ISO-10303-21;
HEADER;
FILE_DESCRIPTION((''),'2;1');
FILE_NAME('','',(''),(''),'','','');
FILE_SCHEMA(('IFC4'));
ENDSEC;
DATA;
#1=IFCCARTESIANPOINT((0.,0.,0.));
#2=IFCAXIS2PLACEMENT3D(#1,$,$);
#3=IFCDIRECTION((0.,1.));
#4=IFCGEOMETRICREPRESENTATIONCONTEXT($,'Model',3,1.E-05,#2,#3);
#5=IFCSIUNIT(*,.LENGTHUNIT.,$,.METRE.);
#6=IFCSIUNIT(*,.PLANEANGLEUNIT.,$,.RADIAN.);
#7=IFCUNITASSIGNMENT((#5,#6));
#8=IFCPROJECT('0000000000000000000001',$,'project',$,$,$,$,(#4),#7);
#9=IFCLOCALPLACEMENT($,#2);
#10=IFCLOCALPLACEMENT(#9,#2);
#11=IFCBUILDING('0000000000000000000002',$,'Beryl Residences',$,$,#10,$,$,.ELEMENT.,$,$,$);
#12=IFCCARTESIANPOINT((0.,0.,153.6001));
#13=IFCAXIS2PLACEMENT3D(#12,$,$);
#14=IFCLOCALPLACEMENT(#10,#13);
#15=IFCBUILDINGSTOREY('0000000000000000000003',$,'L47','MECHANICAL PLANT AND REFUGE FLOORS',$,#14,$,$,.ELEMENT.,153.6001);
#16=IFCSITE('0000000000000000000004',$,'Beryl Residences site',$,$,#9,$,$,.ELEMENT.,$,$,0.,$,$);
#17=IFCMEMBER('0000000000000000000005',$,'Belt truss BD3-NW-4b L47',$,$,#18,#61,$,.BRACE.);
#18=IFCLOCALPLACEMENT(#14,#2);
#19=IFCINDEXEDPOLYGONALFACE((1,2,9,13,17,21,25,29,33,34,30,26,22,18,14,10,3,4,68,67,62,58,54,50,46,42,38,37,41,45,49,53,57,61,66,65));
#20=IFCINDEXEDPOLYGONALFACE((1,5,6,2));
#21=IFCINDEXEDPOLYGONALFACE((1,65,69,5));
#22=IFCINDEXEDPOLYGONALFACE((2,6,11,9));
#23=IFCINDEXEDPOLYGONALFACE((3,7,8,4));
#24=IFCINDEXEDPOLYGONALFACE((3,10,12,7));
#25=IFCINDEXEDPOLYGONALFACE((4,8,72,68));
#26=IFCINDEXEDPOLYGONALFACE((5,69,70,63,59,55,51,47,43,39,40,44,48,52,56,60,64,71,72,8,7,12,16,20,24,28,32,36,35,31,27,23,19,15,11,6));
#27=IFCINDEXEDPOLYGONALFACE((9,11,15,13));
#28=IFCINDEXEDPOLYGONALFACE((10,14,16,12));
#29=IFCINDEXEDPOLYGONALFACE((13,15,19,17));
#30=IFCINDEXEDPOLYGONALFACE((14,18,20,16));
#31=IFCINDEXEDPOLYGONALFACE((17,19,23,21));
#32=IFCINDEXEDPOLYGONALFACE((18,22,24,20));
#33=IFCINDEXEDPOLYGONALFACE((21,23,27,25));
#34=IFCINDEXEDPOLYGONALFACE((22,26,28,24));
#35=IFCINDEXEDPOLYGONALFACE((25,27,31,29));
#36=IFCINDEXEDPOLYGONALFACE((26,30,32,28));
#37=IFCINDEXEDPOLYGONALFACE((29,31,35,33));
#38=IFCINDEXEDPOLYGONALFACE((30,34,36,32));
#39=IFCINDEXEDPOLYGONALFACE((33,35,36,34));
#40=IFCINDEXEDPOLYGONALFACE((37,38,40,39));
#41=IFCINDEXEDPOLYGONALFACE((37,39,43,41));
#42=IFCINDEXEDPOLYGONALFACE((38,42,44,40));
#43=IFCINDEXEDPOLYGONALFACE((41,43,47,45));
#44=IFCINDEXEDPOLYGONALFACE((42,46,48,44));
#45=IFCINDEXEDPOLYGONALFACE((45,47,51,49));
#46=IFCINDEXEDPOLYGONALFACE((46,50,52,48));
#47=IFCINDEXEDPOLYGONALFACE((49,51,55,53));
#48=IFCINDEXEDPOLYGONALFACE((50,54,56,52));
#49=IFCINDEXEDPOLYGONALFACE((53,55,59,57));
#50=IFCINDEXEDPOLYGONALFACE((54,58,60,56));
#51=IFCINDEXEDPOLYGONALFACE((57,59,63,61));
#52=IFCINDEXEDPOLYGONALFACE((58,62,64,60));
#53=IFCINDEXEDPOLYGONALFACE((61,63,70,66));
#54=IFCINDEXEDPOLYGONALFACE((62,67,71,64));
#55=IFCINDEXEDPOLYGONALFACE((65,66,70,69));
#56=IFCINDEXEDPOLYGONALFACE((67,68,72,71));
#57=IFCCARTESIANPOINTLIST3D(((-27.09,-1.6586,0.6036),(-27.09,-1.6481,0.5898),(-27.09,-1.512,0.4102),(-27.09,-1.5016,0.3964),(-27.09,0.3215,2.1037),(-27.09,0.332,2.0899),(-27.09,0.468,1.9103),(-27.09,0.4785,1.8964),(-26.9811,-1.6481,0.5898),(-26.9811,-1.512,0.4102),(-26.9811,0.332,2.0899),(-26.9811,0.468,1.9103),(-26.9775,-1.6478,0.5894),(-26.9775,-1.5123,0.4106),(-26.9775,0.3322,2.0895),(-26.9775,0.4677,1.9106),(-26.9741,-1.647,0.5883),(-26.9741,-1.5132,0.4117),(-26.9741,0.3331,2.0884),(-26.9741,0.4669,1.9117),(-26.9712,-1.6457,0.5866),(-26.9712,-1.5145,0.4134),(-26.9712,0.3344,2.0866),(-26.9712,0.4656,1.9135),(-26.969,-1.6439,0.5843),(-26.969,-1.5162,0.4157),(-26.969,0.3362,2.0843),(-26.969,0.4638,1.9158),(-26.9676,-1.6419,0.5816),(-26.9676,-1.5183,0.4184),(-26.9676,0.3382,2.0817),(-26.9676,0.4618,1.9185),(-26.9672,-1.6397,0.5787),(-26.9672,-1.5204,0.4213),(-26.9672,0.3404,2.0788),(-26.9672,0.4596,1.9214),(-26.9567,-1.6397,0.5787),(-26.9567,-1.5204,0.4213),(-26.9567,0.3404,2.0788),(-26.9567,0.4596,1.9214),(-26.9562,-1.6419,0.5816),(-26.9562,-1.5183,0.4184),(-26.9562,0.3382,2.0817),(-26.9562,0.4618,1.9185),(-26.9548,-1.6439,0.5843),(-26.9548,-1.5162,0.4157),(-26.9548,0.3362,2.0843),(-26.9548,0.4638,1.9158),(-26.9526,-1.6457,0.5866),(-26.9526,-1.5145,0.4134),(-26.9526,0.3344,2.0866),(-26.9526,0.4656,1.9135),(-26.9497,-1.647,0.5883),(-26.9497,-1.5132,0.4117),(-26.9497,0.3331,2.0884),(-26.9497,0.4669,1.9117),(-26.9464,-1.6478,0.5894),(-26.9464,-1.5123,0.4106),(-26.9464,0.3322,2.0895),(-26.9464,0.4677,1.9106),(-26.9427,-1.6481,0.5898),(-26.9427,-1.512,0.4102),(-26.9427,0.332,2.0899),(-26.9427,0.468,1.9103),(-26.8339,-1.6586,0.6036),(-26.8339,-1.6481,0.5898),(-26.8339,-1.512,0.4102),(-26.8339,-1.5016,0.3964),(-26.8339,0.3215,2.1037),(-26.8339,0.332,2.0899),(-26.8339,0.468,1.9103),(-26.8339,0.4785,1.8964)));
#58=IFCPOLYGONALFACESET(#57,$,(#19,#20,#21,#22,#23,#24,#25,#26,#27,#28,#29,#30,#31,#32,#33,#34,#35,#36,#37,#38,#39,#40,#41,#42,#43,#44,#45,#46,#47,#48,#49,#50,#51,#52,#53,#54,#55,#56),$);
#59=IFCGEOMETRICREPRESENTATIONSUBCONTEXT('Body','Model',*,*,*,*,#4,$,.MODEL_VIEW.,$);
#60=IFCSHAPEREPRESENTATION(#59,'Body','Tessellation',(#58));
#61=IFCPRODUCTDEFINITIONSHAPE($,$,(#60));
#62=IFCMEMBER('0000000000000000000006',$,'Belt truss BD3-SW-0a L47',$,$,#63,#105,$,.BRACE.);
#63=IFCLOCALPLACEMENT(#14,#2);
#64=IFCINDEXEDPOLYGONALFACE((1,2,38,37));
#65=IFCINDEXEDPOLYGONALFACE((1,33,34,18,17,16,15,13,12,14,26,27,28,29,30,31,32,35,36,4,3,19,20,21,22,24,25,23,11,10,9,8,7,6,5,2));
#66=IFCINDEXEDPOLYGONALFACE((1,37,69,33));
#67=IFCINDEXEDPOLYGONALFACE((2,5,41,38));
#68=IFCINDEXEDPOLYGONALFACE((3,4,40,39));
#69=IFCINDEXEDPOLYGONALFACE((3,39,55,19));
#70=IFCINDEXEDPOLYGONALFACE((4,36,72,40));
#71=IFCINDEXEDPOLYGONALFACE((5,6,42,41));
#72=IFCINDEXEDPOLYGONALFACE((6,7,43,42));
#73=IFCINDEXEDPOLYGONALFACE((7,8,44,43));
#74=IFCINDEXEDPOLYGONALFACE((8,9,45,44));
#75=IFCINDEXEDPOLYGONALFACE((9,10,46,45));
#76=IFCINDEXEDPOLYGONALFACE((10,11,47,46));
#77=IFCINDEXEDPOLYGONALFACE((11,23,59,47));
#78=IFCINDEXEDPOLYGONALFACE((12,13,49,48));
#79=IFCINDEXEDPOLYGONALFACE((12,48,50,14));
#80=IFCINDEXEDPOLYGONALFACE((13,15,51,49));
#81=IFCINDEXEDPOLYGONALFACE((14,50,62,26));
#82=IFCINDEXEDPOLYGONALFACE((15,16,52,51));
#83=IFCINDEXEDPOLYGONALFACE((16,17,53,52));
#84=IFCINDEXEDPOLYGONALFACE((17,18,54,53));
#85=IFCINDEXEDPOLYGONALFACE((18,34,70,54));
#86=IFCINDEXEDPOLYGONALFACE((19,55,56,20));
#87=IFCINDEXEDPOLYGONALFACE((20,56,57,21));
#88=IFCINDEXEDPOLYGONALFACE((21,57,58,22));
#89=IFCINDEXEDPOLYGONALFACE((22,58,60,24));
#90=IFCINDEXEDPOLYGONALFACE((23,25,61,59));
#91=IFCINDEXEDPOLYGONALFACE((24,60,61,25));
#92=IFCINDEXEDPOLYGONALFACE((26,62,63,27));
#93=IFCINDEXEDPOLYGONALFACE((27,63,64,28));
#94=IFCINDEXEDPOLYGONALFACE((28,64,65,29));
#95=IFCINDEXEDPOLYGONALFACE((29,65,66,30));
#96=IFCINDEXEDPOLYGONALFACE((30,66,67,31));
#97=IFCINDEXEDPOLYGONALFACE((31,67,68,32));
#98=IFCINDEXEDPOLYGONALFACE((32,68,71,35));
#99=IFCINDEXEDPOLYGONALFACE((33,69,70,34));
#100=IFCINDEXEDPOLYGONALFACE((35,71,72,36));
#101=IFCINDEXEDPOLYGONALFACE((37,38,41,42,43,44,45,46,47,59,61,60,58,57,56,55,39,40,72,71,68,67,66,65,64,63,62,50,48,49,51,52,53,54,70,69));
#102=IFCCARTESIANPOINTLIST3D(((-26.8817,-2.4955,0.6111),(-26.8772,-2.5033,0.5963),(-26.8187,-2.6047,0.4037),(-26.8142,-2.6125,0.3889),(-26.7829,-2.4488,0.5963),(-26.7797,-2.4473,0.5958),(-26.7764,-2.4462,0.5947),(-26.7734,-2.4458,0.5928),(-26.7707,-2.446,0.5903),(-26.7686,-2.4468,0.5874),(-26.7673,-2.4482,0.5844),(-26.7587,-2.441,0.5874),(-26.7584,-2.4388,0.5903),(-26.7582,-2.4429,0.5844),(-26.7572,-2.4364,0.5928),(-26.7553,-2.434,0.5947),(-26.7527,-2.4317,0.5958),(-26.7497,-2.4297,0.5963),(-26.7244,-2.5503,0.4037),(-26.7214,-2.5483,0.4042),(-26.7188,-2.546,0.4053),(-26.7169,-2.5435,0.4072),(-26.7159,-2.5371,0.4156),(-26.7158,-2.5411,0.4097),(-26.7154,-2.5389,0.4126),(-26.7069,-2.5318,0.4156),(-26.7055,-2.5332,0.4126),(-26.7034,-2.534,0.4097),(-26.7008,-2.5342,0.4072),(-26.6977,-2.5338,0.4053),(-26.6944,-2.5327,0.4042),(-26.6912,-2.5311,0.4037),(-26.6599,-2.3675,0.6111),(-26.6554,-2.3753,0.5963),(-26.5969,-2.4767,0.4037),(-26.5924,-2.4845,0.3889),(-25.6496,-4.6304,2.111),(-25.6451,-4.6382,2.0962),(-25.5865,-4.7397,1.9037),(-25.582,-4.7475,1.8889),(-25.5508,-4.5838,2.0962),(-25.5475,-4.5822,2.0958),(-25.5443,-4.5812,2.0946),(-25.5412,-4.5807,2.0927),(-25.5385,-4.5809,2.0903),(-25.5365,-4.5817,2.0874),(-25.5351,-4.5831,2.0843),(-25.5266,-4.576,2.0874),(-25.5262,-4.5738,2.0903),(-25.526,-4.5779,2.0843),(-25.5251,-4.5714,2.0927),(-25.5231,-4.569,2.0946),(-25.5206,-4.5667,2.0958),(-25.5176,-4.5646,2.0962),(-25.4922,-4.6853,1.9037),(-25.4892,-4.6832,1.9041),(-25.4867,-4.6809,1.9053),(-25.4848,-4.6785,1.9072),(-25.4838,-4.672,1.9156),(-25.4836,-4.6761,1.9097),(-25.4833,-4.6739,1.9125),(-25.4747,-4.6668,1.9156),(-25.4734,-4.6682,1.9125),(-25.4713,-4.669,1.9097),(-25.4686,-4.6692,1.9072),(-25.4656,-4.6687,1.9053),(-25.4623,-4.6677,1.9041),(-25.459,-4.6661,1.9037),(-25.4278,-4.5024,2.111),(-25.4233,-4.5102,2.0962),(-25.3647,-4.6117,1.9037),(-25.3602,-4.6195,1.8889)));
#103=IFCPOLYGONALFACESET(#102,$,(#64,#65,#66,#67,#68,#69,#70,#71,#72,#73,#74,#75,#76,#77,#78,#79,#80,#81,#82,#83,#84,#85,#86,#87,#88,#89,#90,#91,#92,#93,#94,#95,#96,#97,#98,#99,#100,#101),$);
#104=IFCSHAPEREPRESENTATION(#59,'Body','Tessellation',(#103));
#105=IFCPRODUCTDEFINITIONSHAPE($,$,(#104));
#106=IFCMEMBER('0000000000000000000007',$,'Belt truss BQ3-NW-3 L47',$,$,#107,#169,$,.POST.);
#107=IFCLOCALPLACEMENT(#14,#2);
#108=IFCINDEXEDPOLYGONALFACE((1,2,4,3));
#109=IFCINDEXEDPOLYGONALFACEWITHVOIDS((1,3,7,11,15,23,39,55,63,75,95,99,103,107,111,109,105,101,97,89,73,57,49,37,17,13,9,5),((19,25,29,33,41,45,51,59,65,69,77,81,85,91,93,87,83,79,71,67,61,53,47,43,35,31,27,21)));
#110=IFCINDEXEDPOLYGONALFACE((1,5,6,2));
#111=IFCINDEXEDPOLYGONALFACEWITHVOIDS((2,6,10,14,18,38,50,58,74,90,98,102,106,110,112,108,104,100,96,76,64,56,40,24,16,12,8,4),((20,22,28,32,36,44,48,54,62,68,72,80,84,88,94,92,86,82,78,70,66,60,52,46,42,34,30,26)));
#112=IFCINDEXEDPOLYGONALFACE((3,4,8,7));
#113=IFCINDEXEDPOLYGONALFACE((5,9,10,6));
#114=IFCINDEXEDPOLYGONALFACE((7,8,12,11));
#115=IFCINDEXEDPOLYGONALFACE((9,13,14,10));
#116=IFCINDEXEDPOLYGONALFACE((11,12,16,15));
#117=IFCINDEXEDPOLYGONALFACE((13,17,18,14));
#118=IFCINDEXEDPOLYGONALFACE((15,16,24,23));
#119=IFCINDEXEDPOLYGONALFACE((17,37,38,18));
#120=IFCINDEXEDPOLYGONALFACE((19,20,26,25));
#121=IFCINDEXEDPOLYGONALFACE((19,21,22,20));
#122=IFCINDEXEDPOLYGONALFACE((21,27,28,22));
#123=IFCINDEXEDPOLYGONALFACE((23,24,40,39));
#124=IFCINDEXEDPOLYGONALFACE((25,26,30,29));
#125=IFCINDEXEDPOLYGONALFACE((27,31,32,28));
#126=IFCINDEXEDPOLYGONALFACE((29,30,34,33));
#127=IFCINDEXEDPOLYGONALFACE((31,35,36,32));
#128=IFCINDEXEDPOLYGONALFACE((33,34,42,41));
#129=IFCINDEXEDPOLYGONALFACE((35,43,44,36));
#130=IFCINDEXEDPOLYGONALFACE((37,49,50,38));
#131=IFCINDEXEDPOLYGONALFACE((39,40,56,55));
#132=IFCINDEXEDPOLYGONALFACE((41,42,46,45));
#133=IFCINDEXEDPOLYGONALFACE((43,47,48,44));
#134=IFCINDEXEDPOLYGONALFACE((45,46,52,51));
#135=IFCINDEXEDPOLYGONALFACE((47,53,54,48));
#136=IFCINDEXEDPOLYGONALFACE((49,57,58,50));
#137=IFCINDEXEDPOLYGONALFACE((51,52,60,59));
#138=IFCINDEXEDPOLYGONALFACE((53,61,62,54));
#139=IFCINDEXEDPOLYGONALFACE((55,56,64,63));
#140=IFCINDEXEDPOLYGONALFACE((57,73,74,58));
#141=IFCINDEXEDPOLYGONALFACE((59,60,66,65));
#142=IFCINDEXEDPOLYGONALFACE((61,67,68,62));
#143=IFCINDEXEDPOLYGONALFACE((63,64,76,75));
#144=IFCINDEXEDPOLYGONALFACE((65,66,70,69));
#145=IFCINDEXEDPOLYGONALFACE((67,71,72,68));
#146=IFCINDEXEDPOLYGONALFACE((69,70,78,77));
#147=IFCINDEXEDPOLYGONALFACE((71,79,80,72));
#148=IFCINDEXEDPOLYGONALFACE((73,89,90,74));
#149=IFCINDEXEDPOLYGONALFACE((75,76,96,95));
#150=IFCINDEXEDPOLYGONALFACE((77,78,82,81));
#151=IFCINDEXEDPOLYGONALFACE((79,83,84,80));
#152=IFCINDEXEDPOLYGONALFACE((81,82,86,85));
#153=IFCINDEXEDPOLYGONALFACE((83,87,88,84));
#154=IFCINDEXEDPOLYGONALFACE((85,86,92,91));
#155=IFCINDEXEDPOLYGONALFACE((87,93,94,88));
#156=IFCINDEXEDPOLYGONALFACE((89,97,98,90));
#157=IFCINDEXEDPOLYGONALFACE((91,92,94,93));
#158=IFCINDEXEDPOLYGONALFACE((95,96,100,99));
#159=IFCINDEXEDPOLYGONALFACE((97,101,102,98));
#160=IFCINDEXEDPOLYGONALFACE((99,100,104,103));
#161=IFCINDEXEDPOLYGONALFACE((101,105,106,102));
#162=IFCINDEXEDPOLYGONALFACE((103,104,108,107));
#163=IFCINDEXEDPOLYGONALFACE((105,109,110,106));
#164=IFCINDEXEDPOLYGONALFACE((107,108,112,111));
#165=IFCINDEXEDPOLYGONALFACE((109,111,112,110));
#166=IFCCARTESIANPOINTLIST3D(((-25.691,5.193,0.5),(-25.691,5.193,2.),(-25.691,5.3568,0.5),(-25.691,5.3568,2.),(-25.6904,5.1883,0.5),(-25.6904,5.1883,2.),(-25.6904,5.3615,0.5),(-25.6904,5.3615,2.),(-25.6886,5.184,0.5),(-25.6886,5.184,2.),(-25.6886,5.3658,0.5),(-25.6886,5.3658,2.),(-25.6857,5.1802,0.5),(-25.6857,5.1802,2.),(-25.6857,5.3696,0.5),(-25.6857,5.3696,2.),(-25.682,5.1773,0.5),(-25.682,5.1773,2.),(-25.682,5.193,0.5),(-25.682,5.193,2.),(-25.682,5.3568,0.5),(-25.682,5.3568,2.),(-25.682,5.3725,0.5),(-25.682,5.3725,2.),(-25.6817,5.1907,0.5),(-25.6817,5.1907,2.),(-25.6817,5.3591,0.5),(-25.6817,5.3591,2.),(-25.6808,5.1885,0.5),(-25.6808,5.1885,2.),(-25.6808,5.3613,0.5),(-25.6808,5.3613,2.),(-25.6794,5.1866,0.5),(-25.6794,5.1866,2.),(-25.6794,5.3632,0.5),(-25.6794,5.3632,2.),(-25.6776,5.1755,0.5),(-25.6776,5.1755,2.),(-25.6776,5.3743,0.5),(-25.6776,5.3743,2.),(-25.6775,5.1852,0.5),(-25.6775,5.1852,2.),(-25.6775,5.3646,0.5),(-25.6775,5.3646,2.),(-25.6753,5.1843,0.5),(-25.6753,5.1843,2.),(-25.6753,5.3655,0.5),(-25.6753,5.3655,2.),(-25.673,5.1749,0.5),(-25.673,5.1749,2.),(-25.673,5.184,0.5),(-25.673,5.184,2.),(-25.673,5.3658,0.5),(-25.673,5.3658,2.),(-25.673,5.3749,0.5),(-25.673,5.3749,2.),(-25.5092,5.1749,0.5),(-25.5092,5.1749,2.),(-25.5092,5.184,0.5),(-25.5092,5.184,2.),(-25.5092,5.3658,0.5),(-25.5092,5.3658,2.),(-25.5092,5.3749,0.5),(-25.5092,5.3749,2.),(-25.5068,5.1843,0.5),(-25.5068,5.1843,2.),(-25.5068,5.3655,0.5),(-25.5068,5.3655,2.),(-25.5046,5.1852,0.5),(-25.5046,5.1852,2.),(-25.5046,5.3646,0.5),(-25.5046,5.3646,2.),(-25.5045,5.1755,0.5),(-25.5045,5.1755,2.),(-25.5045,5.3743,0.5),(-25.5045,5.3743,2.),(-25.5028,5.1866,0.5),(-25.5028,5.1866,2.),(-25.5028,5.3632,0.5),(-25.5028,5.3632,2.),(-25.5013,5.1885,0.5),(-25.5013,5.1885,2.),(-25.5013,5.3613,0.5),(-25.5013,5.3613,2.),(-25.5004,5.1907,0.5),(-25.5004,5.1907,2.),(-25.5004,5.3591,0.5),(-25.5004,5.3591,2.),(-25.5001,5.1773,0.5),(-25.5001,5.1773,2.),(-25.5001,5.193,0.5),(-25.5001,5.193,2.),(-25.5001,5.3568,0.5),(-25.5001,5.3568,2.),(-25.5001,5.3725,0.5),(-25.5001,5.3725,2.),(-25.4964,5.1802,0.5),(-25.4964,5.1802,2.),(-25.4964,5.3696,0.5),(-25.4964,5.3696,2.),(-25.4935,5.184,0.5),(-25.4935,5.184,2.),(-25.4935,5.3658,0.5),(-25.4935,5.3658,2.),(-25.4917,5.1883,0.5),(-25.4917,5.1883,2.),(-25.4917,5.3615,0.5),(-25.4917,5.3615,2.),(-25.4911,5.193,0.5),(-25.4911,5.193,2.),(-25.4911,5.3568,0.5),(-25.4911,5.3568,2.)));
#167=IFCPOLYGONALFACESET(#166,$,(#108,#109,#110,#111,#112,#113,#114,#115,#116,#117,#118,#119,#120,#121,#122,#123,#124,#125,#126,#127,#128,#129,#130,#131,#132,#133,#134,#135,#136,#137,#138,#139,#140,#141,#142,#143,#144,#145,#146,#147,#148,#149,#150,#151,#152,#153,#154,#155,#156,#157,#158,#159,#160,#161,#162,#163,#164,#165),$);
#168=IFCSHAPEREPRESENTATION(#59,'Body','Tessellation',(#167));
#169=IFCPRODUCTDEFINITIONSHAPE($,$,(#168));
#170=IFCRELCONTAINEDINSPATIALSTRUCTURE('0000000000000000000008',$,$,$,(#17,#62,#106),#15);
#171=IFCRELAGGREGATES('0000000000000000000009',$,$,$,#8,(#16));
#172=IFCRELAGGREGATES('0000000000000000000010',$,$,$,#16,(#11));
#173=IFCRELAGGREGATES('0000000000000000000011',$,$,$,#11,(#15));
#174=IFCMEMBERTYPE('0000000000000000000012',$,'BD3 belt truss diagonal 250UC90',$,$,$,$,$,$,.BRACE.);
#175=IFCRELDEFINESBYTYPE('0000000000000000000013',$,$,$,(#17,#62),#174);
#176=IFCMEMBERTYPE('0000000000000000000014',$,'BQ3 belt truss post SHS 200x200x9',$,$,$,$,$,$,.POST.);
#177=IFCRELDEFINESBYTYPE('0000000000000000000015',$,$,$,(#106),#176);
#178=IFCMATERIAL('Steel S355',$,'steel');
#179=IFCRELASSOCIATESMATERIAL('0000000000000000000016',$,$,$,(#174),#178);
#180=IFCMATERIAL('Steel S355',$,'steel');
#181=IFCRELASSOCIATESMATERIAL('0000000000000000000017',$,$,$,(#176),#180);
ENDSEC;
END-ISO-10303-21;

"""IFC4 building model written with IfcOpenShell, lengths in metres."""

from ifc_helpers import new_model, si_unit, direction, frame, origin, origin_2d, place, context, subcontext, project, spatial, hollow_rectangle, i_section, extrude, material, material_profile, profile_set, type_object, element, save


model = new_model("IFC4")

# Units and contexts
model_context = context("Model", 3, precision=1e-05, world=origin(), true_north=direction((0.0, 1.0)))
body_context = subcontext(model_context, "Body", "Model", "MODEL_VIEW")
ifc_project = project(units=[si_unit("LENGTHUNIT", "METRE"), si_unit("PLANEANGLEUNIT", "RADIAN")], contexts=[model_context])

# Site, building, storey
site_placement = place(None, origin())
site = spatial("IfcSite", under=ifc_project, at=site_placement, Name="Beryl Residences site", CompositionType="ELEMENT", RefElevation=0.0)
building_placement = place(site_placement, origin())
building = spatial("IfcBuilding", under=site, at=building_placement, Name="Beryl Residences", CompositionType="ELEMENT")
storey_placement = place(building_placement, frame((0.0, 0.0, 153.6001)))
storey = spatial("IfcBuildingStorey", under=building, at=storey_placement, Name="L47", Description="MECHANICAL PLANT AND REFUGE FLOORS", CompositionType="ELEMENT", Elevation=153.6001)

# Members
ifc_material_1 = material(Name="Steel S355", Category="steel")
ifc_material_profile_1 = material_profile(ifc_material_1, i_section(OverallWidth=0.2561, OverallDepth=0.26, WebThickness=0.0105, FlangeThickness=0.0173, FilletRadius=0.0139, at=origin_2d()))
ifc_profile_set_1 = profile_set([ifc_material_profile_1], Name="Steel S355")
member_type_1 = type_object("IfcMemberType", Name="BD3 belt truss diagonal 250UC90", PredefinedType="BRACE", material=ifc_profile_set_1)
for number, where, z_axis, x_axis, name in (
    (1, (-26.9619, -1.5801, 0.5), (0.0, 0.797089, 0.603861), (-1.0, 0.0, 0.0), "Belt truss BD3-NW-4b L47"),
):
    element("IfcMember", number, at=place(storey_placement, frame(where, z_axis=z_axis, x_axis=x_axis)), inside=storey, type_object=member_type_1, Name=name, PredefinedType="BRACE", context=body_context, shape_type="SweptSolid", body=[
        extrude(i_section(OverallWidth=0.2561, OverallDepth=0.26, WebThickness=0.0105, FlangeThickness=0.0173, FilletRadius=0.0139, at=origin_2d()), origin(), (0.0, 0.0, 1.0), 2.4841),
    ])
member_1_placement = place(storey_placement, frame((-26.7371, -2.49, 0.5), z_axis=(0.427013, -0.739891, 0.519828), x_axis=(0.866108, 0.499857, 0.0)))
element("IfcMember", 2, at=member_1_placement, inside=storey, type_object=member_type_1, Name="Belt truss BD3-SW-0a L47", PredefinedType="BRACE", context=body_context, shape_type="SweptSolid", body=[
    extrude(i_section(OverallWidth=0.2561, OverallDepth=0.26, WebThickness=0.0105, FlangeThickness=0.0173, FilletRadius=0.0139, at=origin_2d()), origin(), (0.0, 0.0, 1.0), 2.8855),
])
ifc_material_2 = material(Name="Steel S355", Category="steel")
ifc_material_profile_2 = material_profile(ifc_material_2, hollow_rectangle(XDim=0.2, YDim=0.2, WallThickness=0.009, InnerFilletRadius=0.009, OuterFilletRadius=0.0181, at=origin_2d()))
ifc_profile_set_2 = profile_set([ifc_material_profile_2], Name="Steel S355")
member_type_2 = type_object("IfcMemberType", Name="BQ3 belt truss post SHS 200x200x9", PredefinedType="POST", material=ifc_profile_set_2)
for number, where, z_axis, x_axis, name in (
    (3, (-25.5911, 5.2749, 0.5), (0.0, 0.0, 1.0), (1.0, 0.0, 0.0), "Belt truss BQ3-NW-3 L47"),
):
    element("IfcMember", number, at=place(storey_placement, frame(where, z_axis=z_axis, x_axis=x_axis)), inside=storey, type_object=member_type_2, Name=name, PredefinedType="POST", context=body_context, shape_type="SweptSolid", body=[
        extrude(hollow_rectangle(XDim=0.2, YDim=0.2, WallThickness=0.009, InnerFilletRadius=0.009, OuterFilletRadius=0.0181, at=origin_2d()), origin(), (0.0, 0.0, 1.0), 1.5),
    ])

save(model, "model.ifc")
